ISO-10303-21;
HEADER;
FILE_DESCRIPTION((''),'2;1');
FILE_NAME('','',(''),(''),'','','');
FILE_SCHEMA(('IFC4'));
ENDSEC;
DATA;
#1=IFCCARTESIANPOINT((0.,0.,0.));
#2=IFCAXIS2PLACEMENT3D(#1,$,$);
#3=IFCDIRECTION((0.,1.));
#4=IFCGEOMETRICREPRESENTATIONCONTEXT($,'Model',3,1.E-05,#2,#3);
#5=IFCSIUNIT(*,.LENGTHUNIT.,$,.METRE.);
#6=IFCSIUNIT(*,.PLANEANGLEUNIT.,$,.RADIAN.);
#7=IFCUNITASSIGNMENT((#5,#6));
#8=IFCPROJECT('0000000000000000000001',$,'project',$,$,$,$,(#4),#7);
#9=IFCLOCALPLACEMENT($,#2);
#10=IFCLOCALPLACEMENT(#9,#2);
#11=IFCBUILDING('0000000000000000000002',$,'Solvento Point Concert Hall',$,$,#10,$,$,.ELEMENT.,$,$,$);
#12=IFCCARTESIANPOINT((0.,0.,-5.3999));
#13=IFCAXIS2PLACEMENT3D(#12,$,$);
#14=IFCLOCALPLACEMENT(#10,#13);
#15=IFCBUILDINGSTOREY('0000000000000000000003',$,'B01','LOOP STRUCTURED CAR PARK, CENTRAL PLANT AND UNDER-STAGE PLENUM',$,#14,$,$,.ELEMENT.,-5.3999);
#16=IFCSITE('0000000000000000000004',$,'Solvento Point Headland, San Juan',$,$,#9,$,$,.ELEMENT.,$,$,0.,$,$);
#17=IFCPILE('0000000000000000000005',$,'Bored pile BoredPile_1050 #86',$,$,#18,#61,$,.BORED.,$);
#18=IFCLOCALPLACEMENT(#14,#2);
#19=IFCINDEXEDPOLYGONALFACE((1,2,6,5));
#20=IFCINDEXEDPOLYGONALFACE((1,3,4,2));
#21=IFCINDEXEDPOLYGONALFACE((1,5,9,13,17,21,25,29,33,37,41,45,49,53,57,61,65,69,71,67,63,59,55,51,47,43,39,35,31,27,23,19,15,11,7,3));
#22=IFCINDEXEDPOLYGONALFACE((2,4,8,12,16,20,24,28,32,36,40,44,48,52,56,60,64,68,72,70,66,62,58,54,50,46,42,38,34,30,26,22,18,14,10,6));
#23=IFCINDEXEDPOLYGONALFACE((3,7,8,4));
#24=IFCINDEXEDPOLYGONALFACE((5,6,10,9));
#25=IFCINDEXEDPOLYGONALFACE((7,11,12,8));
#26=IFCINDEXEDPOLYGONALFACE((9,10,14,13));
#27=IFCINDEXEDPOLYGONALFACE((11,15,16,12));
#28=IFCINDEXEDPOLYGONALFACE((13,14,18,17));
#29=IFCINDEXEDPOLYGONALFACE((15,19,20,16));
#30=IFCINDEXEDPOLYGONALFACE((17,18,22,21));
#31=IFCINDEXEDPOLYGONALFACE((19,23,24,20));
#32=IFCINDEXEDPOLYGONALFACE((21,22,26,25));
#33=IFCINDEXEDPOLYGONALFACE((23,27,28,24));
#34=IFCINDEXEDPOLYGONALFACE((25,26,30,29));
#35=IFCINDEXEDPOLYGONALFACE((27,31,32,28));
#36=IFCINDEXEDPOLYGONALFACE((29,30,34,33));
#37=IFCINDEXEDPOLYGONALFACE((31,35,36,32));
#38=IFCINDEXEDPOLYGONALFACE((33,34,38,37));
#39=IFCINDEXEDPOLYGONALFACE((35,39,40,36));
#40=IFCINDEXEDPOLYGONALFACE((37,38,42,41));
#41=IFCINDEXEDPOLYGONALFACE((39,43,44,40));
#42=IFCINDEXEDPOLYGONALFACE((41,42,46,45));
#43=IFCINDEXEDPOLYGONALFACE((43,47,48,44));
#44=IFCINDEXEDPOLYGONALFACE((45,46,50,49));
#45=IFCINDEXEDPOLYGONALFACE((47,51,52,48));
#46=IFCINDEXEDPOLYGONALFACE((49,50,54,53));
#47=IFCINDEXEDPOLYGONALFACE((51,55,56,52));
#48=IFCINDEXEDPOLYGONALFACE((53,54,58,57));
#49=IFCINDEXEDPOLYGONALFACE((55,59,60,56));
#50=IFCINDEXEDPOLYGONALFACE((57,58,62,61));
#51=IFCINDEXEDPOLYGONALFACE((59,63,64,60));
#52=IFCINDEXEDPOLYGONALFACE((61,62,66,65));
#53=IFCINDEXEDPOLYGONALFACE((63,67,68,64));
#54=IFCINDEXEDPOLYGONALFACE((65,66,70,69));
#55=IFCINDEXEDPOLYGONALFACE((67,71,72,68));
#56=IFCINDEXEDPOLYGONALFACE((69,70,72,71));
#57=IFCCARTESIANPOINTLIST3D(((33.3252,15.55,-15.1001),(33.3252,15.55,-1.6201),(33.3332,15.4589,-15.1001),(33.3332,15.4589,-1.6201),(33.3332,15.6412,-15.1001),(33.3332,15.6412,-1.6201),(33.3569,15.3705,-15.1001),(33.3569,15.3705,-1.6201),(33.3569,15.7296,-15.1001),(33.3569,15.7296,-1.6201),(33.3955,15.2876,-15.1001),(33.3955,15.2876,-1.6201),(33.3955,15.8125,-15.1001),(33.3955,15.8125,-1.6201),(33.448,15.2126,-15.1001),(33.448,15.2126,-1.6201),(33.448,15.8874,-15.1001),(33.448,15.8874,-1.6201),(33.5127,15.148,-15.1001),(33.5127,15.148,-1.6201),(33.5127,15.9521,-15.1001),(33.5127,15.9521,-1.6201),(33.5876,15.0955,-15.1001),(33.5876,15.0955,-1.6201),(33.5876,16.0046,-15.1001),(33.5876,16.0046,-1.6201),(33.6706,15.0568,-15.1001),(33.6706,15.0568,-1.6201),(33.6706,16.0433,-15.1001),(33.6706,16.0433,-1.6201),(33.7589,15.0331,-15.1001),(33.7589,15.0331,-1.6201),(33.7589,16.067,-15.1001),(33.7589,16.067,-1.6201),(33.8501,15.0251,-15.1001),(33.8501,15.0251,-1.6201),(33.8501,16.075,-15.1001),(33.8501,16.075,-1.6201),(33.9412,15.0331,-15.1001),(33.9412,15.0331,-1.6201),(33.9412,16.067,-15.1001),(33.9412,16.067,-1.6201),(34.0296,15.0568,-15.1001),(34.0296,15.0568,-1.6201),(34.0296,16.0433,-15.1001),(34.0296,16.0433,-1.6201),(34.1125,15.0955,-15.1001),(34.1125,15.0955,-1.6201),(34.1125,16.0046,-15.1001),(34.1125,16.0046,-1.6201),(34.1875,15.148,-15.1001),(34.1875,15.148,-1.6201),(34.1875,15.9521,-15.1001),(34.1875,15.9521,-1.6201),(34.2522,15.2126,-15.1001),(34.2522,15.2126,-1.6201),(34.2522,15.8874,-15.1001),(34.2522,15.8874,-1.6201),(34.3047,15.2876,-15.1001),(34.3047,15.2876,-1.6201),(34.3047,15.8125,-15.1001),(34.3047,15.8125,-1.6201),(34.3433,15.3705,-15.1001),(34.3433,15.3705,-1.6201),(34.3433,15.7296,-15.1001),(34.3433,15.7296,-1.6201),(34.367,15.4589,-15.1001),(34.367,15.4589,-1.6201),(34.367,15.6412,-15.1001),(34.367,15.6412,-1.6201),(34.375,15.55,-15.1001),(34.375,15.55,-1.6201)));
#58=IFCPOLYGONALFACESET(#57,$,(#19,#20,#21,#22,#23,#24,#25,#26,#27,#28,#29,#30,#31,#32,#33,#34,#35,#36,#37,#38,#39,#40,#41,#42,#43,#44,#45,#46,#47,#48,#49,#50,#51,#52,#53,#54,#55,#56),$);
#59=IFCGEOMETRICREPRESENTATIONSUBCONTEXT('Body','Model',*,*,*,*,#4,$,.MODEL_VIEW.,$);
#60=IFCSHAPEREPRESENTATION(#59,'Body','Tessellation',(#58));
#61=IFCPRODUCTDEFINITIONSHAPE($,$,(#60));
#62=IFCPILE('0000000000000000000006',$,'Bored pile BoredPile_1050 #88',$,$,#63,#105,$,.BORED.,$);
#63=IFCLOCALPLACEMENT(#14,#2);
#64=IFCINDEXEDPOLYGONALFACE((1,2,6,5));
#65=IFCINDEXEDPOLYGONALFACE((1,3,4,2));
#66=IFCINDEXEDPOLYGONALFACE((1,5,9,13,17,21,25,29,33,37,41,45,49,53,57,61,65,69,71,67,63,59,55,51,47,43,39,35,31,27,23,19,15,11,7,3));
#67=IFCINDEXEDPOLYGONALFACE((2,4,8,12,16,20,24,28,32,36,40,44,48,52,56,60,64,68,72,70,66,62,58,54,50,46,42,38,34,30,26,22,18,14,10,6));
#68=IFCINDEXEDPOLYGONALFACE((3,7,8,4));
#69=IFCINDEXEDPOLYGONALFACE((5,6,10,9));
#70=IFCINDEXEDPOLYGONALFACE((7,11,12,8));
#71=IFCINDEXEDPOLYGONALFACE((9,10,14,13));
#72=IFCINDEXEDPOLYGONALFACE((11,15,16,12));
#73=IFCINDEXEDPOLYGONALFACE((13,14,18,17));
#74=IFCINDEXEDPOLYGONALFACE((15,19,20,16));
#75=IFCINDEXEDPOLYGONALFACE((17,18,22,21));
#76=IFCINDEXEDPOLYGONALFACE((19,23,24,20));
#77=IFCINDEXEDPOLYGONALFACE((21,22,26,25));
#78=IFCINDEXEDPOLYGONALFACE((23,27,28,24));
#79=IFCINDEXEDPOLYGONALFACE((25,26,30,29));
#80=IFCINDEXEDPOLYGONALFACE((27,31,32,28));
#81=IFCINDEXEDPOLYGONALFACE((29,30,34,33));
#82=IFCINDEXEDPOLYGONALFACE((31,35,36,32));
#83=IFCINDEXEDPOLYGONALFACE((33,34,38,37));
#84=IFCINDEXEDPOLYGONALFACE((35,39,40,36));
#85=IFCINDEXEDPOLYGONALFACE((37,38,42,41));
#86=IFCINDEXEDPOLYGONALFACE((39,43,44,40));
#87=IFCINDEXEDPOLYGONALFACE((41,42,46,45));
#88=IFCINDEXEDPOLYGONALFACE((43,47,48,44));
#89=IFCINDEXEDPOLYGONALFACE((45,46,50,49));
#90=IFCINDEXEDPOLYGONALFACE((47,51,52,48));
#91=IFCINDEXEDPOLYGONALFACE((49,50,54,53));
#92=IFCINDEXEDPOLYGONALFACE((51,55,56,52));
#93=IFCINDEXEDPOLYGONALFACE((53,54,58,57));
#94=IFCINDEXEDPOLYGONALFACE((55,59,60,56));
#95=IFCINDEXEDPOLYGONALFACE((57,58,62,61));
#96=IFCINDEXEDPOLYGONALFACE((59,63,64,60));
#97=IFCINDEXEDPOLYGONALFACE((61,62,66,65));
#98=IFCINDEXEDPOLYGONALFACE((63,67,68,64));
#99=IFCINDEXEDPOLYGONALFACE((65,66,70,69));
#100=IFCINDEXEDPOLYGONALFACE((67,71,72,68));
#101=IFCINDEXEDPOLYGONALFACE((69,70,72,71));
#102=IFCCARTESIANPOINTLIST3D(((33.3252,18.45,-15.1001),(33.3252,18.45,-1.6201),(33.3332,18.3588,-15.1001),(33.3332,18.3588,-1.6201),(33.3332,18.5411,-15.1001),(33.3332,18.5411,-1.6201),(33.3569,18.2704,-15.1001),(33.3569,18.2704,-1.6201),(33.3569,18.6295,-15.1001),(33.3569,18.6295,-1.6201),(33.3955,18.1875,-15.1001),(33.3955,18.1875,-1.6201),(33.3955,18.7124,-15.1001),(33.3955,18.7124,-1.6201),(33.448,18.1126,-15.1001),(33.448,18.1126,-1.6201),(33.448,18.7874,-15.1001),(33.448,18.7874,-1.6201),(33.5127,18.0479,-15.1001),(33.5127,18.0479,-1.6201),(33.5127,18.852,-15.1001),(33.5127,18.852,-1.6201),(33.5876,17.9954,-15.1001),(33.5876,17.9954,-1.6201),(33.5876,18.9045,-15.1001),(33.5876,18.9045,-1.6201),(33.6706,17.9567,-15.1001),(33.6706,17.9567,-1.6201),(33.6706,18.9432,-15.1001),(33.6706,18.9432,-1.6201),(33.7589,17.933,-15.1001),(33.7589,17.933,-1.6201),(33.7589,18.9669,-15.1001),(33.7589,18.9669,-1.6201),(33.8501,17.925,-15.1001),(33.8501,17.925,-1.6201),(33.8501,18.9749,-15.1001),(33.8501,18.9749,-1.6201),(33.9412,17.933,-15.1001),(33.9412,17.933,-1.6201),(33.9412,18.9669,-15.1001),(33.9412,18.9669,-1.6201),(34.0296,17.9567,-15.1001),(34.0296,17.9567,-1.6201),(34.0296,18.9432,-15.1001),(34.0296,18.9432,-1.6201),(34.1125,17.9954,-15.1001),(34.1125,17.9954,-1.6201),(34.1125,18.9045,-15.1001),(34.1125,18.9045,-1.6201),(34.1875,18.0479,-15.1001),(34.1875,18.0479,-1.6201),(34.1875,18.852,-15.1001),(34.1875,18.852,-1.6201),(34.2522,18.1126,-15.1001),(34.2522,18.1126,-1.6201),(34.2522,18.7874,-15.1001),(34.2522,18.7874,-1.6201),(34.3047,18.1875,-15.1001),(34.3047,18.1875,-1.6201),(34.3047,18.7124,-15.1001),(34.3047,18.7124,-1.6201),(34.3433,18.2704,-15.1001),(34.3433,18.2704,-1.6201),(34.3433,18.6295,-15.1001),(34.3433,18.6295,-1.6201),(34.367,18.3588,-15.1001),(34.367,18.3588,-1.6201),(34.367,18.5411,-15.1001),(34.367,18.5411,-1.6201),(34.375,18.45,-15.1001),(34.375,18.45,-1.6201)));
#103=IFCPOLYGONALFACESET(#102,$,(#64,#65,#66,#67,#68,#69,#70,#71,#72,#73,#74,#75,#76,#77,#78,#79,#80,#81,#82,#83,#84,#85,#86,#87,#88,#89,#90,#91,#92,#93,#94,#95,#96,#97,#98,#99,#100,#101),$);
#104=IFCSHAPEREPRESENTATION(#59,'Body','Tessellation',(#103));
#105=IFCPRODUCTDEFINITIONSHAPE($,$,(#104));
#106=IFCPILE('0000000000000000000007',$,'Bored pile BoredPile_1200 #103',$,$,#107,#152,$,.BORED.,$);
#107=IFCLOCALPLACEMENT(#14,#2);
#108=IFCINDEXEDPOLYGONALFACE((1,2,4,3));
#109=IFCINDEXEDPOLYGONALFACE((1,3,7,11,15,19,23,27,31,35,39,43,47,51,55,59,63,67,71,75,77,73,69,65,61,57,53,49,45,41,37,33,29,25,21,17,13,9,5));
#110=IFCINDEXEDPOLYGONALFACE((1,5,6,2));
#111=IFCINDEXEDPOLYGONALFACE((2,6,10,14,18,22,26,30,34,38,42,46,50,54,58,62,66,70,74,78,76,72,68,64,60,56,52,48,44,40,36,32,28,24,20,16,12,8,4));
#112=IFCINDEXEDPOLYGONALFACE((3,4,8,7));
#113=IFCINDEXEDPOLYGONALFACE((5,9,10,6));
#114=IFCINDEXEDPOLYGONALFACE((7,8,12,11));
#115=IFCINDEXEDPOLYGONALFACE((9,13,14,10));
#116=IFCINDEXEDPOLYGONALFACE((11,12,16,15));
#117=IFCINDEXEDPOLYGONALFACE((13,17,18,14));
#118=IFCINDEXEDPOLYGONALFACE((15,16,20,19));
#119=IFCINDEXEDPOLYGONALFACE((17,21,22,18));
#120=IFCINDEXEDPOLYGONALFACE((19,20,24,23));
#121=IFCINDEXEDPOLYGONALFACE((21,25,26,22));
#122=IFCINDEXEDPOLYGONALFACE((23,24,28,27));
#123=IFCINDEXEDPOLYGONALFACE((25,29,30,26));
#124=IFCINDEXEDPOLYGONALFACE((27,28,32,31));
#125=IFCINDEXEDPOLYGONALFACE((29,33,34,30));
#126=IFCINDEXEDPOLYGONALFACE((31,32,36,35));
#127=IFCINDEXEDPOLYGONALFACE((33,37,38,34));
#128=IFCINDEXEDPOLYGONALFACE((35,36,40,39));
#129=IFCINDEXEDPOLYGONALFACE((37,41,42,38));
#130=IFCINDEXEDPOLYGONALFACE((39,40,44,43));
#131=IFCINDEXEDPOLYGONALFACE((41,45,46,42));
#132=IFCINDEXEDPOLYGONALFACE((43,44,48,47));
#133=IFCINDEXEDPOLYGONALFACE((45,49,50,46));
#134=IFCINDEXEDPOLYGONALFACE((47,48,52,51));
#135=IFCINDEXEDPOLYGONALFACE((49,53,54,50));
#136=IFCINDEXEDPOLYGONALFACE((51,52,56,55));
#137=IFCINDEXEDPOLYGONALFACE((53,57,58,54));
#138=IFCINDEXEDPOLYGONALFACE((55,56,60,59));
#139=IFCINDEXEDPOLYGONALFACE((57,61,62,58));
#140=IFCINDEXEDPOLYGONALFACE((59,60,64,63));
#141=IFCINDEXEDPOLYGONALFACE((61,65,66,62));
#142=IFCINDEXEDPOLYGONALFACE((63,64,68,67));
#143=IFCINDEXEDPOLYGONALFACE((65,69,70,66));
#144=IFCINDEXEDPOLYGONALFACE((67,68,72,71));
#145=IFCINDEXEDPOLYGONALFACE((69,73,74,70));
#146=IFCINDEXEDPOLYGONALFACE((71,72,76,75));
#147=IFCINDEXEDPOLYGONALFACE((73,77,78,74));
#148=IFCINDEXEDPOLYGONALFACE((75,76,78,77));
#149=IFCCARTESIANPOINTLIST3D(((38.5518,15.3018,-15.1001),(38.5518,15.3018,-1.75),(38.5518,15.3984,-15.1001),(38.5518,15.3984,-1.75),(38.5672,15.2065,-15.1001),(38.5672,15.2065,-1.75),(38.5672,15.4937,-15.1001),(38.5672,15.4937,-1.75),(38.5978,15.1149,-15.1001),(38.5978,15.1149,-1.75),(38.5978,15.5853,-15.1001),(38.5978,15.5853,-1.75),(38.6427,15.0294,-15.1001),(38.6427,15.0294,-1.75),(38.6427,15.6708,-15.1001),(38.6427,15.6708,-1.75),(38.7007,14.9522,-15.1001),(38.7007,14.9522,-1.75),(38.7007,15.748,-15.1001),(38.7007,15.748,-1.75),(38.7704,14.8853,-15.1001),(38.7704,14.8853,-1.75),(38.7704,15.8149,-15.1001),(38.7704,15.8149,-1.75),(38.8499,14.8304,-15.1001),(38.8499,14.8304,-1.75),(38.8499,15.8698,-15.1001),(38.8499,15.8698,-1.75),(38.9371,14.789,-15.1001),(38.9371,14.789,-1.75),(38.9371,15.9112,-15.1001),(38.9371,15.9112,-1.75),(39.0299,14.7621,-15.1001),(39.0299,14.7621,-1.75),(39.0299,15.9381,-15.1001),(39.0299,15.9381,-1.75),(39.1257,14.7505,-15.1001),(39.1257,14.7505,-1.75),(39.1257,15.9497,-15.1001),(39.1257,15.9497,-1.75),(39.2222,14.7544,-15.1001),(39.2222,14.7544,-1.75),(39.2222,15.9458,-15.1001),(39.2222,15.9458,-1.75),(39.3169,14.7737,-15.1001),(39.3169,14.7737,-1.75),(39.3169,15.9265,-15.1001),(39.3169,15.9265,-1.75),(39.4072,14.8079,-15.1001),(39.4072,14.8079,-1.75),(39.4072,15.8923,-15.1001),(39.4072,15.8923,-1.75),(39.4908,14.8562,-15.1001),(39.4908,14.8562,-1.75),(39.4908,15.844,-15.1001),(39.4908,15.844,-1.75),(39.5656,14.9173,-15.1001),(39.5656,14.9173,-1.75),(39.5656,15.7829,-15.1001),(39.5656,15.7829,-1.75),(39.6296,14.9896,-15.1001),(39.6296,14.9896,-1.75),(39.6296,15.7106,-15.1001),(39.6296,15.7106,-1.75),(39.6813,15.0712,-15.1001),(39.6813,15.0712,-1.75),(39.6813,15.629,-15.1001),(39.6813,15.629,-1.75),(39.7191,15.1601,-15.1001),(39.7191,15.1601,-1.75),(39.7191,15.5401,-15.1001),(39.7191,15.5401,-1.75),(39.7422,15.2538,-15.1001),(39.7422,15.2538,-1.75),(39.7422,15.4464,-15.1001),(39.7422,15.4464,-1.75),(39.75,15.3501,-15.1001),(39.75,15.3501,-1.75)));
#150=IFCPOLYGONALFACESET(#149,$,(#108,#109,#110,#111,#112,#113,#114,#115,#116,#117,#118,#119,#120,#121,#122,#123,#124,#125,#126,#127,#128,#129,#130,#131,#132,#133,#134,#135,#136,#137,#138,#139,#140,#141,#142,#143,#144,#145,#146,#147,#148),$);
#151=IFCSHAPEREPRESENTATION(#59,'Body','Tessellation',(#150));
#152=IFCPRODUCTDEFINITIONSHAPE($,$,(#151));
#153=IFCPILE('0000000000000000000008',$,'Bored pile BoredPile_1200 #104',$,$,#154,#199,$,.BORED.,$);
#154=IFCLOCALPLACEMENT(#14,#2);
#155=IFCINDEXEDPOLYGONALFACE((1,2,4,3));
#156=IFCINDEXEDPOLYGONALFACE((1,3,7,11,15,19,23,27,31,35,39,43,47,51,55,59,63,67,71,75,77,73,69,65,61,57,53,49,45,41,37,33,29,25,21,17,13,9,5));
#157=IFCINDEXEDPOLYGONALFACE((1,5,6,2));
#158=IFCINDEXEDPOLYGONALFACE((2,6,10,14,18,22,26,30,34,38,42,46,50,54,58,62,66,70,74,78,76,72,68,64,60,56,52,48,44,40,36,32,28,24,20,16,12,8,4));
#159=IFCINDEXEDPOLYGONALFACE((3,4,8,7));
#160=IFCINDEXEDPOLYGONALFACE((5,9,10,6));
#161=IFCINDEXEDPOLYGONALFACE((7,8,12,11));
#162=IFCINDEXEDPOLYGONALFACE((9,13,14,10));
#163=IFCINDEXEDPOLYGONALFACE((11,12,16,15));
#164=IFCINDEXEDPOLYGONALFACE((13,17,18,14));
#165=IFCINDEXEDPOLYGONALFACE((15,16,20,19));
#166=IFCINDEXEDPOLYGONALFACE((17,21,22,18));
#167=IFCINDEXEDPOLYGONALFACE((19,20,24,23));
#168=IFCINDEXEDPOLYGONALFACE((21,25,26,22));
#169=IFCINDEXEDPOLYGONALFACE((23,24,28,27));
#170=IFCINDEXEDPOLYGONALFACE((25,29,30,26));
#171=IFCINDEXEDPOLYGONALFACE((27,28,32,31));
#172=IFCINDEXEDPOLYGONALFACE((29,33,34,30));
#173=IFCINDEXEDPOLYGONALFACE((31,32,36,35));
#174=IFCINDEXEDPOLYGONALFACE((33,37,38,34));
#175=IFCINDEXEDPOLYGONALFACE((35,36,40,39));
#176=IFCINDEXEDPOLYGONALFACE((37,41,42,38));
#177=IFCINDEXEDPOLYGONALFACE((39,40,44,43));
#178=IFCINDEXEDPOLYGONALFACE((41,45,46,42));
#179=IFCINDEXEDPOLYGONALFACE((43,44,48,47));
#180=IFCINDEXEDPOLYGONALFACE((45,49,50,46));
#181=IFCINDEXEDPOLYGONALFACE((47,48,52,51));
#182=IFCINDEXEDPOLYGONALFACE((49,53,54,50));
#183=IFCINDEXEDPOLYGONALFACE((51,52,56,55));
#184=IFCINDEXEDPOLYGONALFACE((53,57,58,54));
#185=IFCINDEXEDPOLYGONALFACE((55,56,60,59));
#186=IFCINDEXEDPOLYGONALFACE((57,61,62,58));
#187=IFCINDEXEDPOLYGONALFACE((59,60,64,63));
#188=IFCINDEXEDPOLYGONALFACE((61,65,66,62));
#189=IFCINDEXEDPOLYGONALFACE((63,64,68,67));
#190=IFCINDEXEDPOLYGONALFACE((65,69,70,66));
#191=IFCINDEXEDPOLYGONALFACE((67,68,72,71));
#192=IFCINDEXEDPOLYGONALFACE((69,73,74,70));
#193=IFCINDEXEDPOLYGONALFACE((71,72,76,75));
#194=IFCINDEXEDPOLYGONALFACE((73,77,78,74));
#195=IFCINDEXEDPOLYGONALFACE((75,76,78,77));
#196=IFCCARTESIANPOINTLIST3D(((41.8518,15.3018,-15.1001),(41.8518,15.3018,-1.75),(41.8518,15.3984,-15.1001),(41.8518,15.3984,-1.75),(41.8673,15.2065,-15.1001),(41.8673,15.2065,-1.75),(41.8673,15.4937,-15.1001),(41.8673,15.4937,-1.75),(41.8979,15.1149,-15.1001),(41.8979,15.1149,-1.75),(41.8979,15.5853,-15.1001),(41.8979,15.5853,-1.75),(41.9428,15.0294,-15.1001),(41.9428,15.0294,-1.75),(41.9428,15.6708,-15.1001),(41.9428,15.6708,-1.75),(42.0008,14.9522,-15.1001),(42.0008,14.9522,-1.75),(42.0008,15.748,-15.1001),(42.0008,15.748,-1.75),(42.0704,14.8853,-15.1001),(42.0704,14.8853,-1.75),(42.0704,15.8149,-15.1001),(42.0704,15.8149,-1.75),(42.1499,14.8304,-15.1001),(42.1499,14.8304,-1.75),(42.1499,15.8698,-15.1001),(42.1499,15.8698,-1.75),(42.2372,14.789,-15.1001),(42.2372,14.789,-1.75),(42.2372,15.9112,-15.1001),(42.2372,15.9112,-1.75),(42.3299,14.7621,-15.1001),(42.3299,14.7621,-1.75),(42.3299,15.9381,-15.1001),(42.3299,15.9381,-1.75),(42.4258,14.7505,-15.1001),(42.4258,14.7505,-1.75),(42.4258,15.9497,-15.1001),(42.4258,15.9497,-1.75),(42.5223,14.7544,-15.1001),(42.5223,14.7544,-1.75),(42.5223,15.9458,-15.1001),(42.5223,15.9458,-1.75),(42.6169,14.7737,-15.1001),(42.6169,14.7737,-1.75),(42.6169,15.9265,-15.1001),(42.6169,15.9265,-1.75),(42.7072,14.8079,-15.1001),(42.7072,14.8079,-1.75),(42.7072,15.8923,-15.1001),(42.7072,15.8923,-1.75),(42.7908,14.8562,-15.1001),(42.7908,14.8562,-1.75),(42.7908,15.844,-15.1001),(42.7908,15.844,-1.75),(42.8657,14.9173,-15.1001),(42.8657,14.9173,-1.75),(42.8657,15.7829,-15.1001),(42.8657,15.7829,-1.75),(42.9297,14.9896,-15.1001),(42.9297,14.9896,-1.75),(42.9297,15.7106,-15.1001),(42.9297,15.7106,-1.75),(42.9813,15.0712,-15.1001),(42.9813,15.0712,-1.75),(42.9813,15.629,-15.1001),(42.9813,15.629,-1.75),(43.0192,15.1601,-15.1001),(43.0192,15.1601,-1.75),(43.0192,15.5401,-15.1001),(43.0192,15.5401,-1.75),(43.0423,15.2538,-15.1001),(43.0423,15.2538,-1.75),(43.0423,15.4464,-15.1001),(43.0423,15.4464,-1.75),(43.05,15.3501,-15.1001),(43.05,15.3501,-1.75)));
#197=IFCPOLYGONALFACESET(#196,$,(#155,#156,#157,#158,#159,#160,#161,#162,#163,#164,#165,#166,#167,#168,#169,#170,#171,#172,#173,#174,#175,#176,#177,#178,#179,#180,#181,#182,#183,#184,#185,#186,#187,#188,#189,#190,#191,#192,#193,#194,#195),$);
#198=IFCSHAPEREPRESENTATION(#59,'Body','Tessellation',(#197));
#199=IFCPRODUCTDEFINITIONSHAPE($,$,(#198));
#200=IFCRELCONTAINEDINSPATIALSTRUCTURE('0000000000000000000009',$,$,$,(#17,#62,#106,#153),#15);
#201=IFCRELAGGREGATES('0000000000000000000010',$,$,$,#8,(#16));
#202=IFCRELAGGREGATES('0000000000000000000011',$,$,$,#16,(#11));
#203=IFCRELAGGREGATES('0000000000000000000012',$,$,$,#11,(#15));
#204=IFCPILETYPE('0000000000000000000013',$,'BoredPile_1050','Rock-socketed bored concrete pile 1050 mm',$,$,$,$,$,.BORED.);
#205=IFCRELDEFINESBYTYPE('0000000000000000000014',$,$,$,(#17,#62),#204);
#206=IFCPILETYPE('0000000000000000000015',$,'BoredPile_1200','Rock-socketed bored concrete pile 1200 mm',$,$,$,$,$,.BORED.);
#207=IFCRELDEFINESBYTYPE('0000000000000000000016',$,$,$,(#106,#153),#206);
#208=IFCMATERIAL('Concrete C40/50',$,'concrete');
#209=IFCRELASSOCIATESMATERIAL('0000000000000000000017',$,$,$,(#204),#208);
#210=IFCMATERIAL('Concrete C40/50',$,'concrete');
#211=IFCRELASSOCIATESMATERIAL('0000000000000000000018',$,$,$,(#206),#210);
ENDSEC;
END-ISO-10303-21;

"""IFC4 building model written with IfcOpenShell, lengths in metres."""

from ifc_helpers import new_model, si_unit, direction, frame, origin, origin_2d, place, context, subcontext, project, spatial, circle, extrude, material, material_profile, profile_set, type_object, element, save


model = new_model("IFC4")

# Units and contexts
model_context = context("Model", 3, precision=1e-05, world=origin(), true_north=direction((0.0, 1.0)))
body_context = subcontext(model_context, "Body", "Model", "MODEL_VIEW")
ifc_project = project(units=[si_unit("LENGTHUNIT", "METRE"), si_unit("PLANEANGLEUNIT", "RADIAN")], contexts=[model_context])

# Site, building, storey
site_placement = place(None, origin())
site = spatial("IfcSite", under=ifc_project, at=site_placement, Name="Solvento Point Headland, San Juan", CompositionType="ELEMENT", RefElevation=0.0)
building_placement = place(site_placement, origin())
building = spatial("IfcBuilding", under=site, at=building_placement, Name="Solvento Point Concert Hall", CompositionType="ELEMENT")
storey_placement = place(building_placement, frame((0.0, 0.0, -5.3999)))
storey = spatial("IfcBuildingStorey", under=building, at=storey_placement, Name="B01", Description="LOOP STRUCTURED CAR PARK, CENTRAL PLANT AND UNDER-STAGE PLENUM", CompositionType="ELEMENT", Elevation=-5.3999)

# Piles
ifc_material_1 = material(Name="Concrete C40/50", Category="concrete")
ifc_material_profile_1 = material_profile(ifc_material_1, circle(Radius=0.5249, at=origin_2d()), Name="BP-1050")
ifc_profile_set_1 = profile_set([ifc_material_profile_1], Name="Concrete C40/50")
pile_type_1 = type_object("IfcPileType", Name="BoredPile_1050", Description="Rock-socketed bored concrete pile 1050 mm", PredefinedType="BORED", material=ifc_profile_set_1)
for number, where, z_axis, x_axis, name in (
    (1, (33.8501, 15.55, -1.6201), (0.0, 0.0, -1.0), (1.0, 0.0, 0.0), "Bored pile BoredPile_1050 #86"),
    (2, (33.8501, 18.45, -1.6201), (0.0, 0.0, -1.0), (1.0, 0.0, 0.0), "Bored pile BoredPile_1050 #88"),
):
    element("IfcPile", number, at=place(storey_placement, frame(where, z_axis=z_axis, x_axis=x_axis)), inside=storey, type_object=pile_type_1, Name=name, PredefinedType="BORED", context=body_context, shape_type="SweptSolid", body=[
        extrude(circle(Radius=0.5249, at=origin_2d()), origin(), (0.0, 0.0, 1.0), 13.48),
    ])
ifc_material_2 = material(Name="Concrete C40/50", Category="concrete")
ifc_material_profile_2 = material_profile(ifc_material_2, circle(Radius=0.6001, at=origin_2d()), Name="BP-1200")
ifc_profile_set_2 = profile_set([ifc_material_profile_2], Name="Concrete C40/50")
pile_type_2 = type_object("IfcPileType", Name="BoredPile_1200", Description="Rock-socketed bored concrete pile 1200 mm", PredefinedType="BORED", material=ifc_profile_set_2)
for number, where, z_axis, x_axis, name in (
    (3, (39.1499, 15.3501, -1.75), (0.0, 0.0, -1.0), (1.0, 0.0, 0.0), "Bored pile BoredPile_1200 #103"),
    (4, (42.45, 15.3501, -1.75), (0.0, 0.0, -1.0), (1.0, 0.0, 0.0), "Bored pile BoredPile_1200 #104"),
):
    element("IfcPile", number, at=place(storey_placement, frame(where, z_axis=z_axis, x_axis=x_axis)), inside=storey, type_object=pile_type_2, Name=name, PredefinedType="BORED", context=body_context, shape_type="SweptSolid", body=[
        extrude(circle(Radius=0.6001, at=origin_2d()), origin(), (0.0, 0.0, 1.0), 13.3501),
    ])

save(model, "model.ifc")
